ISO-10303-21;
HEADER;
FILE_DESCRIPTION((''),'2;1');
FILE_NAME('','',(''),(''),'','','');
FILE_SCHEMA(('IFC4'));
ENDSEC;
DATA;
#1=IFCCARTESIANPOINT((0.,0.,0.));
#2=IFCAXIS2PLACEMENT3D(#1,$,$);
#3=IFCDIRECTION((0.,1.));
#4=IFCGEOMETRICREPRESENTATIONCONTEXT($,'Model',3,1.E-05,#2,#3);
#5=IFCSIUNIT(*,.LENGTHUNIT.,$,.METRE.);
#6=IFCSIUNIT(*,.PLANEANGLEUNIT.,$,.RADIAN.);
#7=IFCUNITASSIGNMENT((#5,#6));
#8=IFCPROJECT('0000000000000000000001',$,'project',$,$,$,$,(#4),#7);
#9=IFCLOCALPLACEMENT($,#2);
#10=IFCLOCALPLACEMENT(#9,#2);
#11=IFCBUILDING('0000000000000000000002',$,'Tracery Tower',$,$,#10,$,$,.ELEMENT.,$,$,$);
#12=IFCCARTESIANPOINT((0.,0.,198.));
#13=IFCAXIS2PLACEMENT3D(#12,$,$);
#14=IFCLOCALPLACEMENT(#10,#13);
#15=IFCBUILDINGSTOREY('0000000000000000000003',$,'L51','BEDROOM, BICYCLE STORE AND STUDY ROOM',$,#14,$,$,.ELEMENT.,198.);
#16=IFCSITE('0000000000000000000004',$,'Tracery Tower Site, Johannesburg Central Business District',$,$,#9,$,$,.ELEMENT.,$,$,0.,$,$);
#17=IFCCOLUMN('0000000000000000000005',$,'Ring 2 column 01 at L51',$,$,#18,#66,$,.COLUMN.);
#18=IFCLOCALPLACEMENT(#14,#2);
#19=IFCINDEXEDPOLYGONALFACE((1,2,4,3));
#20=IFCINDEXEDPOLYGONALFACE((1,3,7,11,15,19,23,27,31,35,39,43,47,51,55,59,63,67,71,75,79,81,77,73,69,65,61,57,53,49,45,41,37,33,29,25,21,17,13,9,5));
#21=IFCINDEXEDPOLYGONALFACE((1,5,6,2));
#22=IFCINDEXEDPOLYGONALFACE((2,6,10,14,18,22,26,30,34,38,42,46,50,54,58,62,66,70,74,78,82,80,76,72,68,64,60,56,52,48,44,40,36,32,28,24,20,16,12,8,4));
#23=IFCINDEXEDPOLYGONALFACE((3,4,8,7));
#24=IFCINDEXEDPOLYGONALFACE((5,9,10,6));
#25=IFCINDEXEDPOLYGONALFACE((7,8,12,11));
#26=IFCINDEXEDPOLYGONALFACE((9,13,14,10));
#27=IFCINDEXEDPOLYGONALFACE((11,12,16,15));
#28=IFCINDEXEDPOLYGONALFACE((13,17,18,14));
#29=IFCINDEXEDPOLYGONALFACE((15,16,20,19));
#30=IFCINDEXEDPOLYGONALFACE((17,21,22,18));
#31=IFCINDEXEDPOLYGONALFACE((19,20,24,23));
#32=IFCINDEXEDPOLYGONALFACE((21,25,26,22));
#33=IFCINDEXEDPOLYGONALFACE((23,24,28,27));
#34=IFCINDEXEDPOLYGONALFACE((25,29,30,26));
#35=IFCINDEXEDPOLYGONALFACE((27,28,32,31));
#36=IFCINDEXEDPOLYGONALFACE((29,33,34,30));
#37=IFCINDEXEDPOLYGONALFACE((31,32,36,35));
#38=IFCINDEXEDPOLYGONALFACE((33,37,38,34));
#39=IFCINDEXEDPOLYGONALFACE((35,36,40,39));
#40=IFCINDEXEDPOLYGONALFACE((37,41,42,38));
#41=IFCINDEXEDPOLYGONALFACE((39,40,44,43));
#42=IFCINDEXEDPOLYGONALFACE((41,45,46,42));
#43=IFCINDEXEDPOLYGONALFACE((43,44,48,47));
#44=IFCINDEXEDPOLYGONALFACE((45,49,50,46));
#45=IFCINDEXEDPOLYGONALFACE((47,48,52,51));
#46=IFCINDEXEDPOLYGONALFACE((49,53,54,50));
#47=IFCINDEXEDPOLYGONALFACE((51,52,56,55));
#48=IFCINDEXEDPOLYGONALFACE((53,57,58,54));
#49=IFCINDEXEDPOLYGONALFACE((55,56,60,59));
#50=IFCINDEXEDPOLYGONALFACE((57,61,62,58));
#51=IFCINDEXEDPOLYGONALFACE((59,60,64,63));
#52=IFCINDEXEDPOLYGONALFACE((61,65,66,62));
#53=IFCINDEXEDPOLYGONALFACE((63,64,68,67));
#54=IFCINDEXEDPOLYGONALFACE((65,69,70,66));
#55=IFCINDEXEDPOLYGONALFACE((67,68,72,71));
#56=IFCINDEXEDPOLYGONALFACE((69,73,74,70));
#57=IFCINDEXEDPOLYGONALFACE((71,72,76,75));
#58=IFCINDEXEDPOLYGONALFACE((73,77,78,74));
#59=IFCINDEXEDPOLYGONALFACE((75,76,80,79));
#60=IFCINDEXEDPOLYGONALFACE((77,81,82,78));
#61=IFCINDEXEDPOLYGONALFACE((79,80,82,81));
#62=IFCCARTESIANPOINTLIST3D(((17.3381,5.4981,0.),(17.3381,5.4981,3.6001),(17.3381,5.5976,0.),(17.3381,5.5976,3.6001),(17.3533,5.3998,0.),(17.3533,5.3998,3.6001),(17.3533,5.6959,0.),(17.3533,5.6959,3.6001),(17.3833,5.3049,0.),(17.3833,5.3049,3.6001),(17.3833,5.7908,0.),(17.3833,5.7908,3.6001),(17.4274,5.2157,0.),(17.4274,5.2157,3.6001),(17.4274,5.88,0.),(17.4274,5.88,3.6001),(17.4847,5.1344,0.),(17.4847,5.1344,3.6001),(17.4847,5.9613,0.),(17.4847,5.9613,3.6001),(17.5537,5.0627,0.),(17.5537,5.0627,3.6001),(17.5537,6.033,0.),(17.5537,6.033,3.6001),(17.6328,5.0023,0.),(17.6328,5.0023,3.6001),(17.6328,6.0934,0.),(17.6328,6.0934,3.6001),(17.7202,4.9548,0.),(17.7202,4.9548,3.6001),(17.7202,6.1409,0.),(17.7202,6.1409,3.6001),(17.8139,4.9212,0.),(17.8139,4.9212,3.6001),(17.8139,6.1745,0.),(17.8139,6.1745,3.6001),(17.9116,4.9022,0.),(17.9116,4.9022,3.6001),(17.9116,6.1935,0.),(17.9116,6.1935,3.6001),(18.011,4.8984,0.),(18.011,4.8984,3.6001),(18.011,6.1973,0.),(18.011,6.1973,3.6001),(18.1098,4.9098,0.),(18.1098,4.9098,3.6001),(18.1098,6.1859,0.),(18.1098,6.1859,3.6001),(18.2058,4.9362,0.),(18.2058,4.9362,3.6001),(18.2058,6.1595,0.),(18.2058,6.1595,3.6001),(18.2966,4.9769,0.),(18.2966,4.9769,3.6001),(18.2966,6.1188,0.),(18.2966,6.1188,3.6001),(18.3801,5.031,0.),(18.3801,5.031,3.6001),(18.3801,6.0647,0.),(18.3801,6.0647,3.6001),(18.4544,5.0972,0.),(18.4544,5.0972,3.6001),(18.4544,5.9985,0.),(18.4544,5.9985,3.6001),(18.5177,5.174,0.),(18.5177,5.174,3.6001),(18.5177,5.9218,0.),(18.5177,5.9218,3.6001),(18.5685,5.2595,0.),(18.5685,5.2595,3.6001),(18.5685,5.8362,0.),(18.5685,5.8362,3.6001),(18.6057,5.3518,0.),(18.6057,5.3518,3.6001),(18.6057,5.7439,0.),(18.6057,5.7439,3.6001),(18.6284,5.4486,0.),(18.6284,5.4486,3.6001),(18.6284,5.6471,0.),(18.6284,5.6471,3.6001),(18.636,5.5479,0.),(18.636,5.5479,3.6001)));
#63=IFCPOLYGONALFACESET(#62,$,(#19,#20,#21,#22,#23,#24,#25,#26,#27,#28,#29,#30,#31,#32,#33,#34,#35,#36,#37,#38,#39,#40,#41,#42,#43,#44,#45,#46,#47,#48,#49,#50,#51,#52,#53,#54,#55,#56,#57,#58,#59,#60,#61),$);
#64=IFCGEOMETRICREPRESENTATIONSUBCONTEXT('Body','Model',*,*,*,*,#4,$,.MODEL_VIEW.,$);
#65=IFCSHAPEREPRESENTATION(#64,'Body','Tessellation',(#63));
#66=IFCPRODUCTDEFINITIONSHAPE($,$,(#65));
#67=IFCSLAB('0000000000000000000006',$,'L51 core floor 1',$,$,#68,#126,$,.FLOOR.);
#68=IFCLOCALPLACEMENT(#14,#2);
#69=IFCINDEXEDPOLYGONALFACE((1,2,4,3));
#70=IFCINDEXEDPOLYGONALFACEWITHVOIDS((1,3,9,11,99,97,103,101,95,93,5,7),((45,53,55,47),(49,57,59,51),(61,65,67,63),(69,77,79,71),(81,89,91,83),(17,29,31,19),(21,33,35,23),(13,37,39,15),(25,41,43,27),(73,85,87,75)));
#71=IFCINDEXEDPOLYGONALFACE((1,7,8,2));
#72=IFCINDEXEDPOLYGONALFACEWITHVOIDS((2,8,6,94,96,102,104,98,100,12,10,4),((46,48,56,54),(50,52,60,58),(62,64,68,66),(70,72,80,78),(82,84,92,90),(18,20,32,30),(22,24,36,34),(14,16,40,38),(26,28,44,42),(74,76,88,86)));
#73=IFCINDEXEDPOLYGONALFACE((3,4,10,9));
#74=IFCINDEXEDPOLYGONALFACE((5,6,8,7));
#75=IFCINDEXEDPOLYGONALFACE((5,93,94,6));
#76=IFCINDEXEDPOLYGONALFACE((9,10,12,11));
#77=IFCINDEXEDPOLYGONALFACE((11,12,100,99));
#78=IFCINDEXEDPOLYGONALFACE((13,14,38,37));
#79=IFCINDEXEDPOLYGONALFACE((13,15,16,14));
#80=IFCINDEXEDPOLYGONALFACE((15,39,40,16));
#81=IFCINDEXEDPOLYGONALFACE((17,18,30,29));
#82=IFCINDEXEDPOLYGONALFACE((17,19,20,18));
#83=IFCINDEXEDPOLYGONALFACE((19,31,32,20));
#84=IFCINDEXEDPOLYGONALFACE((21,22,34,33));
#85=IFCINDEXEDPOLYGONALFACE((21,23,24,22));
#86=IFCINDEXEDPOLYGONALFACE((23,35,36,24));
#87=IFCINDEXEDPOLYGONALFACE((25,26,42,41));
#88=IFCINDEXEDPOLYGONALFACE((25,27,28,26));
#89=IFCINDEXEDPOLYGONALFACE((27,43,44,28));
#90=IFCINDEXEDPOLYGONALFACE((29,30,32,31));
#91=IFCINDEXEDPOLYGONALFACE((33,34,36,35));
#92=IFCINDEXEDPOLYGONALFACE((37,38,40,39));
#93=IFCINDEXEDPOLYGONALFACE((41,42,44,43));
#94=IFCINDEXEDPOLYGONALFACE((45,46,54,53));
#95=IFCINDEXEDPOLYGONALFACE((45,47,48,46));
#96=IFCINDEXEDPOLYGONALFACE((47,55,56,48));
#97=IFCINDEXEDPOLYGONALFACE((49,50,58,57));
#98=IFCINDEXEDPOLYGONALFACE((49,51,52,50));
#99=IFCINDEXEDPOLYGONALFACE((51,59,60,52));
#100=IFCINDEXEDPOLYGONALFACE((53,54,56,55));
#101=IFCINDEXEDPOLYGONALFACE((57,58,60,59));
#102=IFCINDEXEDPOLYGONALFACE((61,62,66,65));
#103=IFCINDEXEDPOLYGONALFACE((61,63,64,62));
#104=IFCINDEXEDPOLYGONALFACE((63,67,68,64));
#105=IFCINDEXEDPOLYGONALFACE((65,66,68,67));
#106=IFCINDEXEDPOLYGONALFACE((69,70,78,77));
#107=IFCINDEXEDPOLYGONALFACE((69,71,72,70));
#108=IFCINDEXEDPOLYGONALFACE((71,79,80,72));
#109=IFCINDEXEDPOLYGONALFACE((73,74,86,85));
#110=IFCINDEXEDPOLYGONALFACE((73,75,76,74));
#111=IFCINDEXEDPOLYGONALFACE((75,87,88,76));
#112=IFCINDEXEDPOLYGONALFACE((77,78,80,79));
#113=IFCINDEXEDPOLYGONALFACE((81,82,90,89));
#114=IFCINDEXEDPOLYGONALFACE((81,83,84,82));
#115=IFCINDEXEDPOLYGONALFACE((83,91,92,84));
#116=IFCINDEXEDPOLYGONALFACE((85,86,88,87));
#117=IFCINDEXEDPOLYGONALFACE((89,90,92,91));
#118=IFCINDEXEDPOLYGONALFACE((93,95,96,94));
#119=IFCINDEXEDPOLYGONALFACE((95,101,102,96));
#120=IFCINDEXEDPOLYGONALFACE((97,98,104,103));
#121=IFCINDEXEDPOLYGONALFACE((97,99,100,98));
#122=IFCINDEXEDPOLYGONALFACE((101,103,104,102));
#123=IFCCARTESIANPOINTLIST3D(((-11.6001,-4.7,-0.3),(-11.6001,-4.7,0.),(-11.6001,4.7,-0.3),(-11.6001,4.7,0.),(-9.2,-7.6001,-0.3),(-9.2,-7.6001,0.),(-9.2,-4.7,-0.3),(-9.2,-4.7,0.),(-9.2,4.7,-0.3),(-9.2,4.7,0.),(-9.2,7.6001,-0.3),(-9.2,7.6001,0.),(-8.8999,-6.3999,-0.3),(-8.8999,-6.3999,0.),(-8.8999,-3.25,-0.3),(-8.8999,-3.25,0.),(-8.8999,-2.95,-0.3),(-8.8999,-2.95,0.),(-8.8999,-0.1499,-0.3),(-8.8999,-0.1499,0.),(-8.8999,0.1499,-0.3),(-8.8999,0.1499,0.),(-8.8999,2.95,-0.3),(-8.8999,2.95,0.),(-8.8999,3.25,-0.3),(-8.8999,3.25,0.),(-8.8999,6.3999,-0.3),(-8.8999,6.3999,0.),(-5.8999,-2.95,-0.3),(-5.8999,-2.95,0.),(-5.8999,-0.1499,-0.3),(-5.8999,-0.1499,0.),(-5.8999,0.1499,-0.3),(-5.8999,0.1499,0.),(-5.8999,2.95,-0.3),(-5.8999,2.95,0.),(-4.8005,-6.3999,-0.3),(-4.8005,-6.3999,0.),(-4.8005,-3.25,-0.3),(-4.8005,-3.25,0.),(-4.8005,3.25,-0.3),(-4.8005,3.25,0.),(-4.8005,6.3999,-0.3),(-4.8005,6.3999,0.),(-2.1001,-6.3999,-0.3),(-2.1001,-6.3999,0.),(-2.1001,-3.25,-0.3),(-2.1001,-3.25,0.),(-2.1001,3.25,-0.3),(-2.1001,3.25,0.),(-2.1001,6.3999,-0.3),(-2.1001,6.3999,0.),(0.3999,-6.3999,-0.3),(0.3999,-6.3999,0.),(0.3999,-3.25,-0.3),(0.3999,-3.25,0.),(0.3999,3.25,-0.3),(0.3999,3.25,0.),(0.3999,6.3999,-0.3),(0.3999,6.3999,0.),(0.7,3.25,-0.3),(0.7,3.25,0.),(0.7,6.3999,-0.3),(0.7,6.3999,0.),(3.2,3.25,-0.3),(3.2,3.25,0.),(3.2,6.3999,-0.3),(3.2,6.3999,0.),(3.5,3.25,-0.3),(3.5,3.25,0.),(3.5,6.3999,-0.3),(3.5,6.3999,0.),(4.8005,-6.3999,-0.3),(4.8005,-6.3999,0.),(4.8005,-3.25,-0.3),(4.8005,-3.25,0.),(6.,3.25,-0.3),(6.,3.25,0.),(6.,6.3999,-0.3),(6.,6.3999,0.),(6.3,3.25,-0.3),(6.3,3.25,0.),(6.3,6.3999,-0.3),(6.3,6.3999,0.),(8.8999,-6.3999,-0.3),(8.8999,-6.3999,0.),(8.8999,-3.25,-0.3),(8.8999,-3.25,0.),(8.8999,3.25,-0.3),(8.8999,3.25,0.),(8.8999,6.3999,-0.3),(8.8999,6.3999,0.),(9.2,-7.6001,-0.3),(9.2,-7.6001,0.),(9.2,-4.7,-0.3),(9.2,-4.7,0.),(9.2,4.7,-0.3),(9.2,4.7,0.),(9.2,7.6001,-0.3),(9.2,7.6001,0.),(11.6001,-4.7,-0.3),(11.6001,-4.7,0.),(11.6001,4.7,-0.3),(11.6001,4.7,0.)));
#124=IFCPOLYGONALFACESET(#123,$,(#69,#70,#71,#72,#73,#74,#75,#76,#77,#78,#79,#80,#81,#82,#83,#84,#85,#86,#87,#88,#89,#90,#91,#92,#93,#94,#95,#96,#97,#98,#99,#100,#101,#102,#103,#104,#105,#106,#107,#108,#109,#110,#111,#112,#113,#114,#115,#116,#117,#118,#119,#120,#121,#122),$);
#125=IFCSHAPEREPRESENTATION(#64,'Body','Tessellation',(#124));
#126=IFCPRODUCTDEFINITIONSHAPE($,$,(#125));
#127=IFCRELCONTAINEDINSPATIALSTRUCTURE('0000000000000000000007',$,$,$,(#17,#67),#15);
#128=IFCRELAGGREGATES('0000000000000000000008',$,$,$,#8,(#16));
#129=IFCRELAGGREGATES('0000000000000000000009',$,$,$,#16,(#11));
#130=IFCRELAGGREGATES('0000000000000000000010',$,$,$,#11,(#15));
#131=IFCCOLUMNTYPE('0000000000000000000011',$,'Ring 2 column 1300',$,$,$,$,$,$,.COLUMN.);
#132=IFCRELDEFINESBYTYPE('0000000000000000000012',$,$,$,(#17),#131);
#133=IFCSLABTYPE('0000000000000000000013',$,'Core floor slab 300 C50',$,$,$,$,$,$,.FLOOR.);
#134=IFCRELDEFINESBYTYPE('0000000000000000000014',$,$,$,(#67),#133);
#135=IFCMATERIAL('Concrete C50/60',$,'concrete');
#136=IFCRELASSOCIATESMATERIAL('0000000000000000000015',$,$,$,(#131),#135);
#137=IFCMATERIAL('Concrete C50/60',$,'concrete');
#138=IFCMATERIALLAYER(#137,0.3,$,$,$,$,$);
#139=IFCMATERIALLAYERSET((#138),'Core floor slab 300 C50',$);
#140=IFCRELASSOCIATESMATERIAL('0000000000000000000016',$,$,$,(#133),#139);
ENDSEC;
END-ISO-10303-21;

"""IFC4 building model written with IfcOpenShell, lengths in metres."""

from ifc_helpers import new_model, si_unit, direction, frame, origin, origin_2d, place, context, subcontext, project, spatial, polyline, circle, outline, extrude, material, layer, layer_set, material_profile, profile_set, type_object, element, save


model = new_model("IFC4")

# Units and contexts
model_context = context("Model", 3, precision=1e-05, world=origin(), true_north=direction((0.0, 1.0)))
body_context = subcontext(model_context, "Body", "Model", "MODEL_VIEW")
ifc_project = project(units=[si_unit("LENGTHUNIT", "METRE"), si_unit("PLANEANGLEUNIT", "RADIAN")], contexts=[model_context])

# Site, building, storey
site_placement = place(None, origin())
site = spatial("IfcSite", under=ifc_project, at=site_placement, Name="Tracery Tower Site, Johannesburg Central Business District", CompositionType="ELEMENT", RefElevation=0.0)
building_placement = place(site_placement, origin())
building = spatial("IfcBuilding", under=site, at=building_placement, Name="Tracery Tower", CompositionType="ELEMENT")
storey_placement = place(building_placement, frame((0.0, 0.0, 198.0)))
storey = spatial("IfcBuildingStorey", under=building, at=storey_placement, Name="L51", Description="BEDROOM, BICYCLE STORE AND STUDY ROOM", CompositionType="ELEMENT", Elevation=198.0)

# Column
ifc_material_1 = material(Name="Concrete C50/60", Category="concrete")
ifc_material_profile = material_profile(ifc_material_1, circle(Radius=0.6499, at=origin_2d()), Name="RC D1300")
ifc_profile_set = profile_set([ifc_material_profile], Name="Concrete C50/60")
column_type = type_object("IfcColumnType", Name="Ring 2 column 1300", PredefinedType="COLUMN", material=ifc_profile_set)
column_placement = place(storey_placement, frame((17.9861, 5.5479, 0.0), z_axis=(0.0, 0.0, 1.0), x_axis=(1.0, 0.0, 0.0)))
element("IfcColumn", 1, at=column_placement, inside=storey, type_object=column_type, Name="Ring 2 column 01 at L51", PredefinedType="COLUMN", context=body_context, shape_type="SweptSolid", body=[
    extrude(circle(Radius=0.6499, at=origin_2d()), origin(), (0.0, 0.0, 1.0), 3.6001),
])

# Slab
ifc_material_2 = material(Name="Concrete C50/60", Category="concrete")
ifc_layer_1 = layer(ifc_material_2, 0.3)
ifc_layer_set_1 = layer_set([ifc_layer_1], Name="Core floor slab 300 C50")
slab_type_1 = type_object("IfcSlabType", Name="Core floor slab 300 C50", PredefinedType="FLOOR", material=ifc_layer_set_1)
slab_1_placement = place(storey_placement, frame((0.0, 0.0, -0.3)))
element("IfcSlab", 2, at=slab_1_placement, inside=storey, type_object=slab_type_1, Name="L51 core floor 1", PredefinedType="FLOOR", context=body_context, shape_type="SweptSolid", body=[
    extrude(outline(polyline([(-9.2, 7.6001), (9.2, 7.6001), (9.2, 4.7), (11.6001, 4.7), (11.6001, -4.7), (9.2, -4.7), (9.2, -7.6001), (-9.2, -7.6001), (-9.2, -4.7), (-11.6001, -4.7), (-11.6001, 4.7), (-9.2, 4.7), (-9.2, 7.6001)]), holes=[polyline([(4.8005, -6.3999), (8.8999, -6.3999), (8.8999, -3.25), (4.8005, -3.25), (4.8005, -6.3999)]), polyline([(8.8999, 3.25), (8.8999, 6.3999), (6.3, 6.3999), (6.3, 3.25), (8.8999, 3.25)]), polyline([(6.0, 3.25), (6.0, 6.3999), (3.5, 6.3999), (3.5, 3.25), (6.0, 3.25)]), polyline([(3.2, 3.25), (3.2, 6.3999), (0.7, 6.3999), (0.7, 3.25), (3.2, 3.25)]), polyline([(-2.1001, 3.25), (0.3999, 3.25), (0.3999, 6.3999), (-2.1001, 6.3999), (-2.1001, 3.25)]), polyline([(0.3999, -6.3999), (0.3999, -3.25), (-2.1001, -3.25), (-2.1001, -6.3999), (0.3999, -6.3999)]), polyline([(-4.8005, -3.25), (-8.8999, -3.25), (-8.8999, -6.3999), (-4.8005, -6.3999), (-4.8005, -3.25)]), polyline([(-4.8005, 6.3999), (-8.8999, 6.3999), (-8.8999, 3.25), (-4.8005, 3.25), (-4.8005, 6.3999)]), polyline([(-5.8999, -2.95), (-5.8999, -0.1499), (-8.8999, -0.1499), (-8.8999, -2.95), (-5.8999, -2.95)]), polyline([(-5.8999, 0.1499), (-5.8999, 2.95), (-8.8999, 2.95), (-8.8999, 0.1499), (-5.8999, 0.1499)])]), origin(), (0.0, 0.0, 1.0), 0.3),
])

save(model, "model.ifc")
